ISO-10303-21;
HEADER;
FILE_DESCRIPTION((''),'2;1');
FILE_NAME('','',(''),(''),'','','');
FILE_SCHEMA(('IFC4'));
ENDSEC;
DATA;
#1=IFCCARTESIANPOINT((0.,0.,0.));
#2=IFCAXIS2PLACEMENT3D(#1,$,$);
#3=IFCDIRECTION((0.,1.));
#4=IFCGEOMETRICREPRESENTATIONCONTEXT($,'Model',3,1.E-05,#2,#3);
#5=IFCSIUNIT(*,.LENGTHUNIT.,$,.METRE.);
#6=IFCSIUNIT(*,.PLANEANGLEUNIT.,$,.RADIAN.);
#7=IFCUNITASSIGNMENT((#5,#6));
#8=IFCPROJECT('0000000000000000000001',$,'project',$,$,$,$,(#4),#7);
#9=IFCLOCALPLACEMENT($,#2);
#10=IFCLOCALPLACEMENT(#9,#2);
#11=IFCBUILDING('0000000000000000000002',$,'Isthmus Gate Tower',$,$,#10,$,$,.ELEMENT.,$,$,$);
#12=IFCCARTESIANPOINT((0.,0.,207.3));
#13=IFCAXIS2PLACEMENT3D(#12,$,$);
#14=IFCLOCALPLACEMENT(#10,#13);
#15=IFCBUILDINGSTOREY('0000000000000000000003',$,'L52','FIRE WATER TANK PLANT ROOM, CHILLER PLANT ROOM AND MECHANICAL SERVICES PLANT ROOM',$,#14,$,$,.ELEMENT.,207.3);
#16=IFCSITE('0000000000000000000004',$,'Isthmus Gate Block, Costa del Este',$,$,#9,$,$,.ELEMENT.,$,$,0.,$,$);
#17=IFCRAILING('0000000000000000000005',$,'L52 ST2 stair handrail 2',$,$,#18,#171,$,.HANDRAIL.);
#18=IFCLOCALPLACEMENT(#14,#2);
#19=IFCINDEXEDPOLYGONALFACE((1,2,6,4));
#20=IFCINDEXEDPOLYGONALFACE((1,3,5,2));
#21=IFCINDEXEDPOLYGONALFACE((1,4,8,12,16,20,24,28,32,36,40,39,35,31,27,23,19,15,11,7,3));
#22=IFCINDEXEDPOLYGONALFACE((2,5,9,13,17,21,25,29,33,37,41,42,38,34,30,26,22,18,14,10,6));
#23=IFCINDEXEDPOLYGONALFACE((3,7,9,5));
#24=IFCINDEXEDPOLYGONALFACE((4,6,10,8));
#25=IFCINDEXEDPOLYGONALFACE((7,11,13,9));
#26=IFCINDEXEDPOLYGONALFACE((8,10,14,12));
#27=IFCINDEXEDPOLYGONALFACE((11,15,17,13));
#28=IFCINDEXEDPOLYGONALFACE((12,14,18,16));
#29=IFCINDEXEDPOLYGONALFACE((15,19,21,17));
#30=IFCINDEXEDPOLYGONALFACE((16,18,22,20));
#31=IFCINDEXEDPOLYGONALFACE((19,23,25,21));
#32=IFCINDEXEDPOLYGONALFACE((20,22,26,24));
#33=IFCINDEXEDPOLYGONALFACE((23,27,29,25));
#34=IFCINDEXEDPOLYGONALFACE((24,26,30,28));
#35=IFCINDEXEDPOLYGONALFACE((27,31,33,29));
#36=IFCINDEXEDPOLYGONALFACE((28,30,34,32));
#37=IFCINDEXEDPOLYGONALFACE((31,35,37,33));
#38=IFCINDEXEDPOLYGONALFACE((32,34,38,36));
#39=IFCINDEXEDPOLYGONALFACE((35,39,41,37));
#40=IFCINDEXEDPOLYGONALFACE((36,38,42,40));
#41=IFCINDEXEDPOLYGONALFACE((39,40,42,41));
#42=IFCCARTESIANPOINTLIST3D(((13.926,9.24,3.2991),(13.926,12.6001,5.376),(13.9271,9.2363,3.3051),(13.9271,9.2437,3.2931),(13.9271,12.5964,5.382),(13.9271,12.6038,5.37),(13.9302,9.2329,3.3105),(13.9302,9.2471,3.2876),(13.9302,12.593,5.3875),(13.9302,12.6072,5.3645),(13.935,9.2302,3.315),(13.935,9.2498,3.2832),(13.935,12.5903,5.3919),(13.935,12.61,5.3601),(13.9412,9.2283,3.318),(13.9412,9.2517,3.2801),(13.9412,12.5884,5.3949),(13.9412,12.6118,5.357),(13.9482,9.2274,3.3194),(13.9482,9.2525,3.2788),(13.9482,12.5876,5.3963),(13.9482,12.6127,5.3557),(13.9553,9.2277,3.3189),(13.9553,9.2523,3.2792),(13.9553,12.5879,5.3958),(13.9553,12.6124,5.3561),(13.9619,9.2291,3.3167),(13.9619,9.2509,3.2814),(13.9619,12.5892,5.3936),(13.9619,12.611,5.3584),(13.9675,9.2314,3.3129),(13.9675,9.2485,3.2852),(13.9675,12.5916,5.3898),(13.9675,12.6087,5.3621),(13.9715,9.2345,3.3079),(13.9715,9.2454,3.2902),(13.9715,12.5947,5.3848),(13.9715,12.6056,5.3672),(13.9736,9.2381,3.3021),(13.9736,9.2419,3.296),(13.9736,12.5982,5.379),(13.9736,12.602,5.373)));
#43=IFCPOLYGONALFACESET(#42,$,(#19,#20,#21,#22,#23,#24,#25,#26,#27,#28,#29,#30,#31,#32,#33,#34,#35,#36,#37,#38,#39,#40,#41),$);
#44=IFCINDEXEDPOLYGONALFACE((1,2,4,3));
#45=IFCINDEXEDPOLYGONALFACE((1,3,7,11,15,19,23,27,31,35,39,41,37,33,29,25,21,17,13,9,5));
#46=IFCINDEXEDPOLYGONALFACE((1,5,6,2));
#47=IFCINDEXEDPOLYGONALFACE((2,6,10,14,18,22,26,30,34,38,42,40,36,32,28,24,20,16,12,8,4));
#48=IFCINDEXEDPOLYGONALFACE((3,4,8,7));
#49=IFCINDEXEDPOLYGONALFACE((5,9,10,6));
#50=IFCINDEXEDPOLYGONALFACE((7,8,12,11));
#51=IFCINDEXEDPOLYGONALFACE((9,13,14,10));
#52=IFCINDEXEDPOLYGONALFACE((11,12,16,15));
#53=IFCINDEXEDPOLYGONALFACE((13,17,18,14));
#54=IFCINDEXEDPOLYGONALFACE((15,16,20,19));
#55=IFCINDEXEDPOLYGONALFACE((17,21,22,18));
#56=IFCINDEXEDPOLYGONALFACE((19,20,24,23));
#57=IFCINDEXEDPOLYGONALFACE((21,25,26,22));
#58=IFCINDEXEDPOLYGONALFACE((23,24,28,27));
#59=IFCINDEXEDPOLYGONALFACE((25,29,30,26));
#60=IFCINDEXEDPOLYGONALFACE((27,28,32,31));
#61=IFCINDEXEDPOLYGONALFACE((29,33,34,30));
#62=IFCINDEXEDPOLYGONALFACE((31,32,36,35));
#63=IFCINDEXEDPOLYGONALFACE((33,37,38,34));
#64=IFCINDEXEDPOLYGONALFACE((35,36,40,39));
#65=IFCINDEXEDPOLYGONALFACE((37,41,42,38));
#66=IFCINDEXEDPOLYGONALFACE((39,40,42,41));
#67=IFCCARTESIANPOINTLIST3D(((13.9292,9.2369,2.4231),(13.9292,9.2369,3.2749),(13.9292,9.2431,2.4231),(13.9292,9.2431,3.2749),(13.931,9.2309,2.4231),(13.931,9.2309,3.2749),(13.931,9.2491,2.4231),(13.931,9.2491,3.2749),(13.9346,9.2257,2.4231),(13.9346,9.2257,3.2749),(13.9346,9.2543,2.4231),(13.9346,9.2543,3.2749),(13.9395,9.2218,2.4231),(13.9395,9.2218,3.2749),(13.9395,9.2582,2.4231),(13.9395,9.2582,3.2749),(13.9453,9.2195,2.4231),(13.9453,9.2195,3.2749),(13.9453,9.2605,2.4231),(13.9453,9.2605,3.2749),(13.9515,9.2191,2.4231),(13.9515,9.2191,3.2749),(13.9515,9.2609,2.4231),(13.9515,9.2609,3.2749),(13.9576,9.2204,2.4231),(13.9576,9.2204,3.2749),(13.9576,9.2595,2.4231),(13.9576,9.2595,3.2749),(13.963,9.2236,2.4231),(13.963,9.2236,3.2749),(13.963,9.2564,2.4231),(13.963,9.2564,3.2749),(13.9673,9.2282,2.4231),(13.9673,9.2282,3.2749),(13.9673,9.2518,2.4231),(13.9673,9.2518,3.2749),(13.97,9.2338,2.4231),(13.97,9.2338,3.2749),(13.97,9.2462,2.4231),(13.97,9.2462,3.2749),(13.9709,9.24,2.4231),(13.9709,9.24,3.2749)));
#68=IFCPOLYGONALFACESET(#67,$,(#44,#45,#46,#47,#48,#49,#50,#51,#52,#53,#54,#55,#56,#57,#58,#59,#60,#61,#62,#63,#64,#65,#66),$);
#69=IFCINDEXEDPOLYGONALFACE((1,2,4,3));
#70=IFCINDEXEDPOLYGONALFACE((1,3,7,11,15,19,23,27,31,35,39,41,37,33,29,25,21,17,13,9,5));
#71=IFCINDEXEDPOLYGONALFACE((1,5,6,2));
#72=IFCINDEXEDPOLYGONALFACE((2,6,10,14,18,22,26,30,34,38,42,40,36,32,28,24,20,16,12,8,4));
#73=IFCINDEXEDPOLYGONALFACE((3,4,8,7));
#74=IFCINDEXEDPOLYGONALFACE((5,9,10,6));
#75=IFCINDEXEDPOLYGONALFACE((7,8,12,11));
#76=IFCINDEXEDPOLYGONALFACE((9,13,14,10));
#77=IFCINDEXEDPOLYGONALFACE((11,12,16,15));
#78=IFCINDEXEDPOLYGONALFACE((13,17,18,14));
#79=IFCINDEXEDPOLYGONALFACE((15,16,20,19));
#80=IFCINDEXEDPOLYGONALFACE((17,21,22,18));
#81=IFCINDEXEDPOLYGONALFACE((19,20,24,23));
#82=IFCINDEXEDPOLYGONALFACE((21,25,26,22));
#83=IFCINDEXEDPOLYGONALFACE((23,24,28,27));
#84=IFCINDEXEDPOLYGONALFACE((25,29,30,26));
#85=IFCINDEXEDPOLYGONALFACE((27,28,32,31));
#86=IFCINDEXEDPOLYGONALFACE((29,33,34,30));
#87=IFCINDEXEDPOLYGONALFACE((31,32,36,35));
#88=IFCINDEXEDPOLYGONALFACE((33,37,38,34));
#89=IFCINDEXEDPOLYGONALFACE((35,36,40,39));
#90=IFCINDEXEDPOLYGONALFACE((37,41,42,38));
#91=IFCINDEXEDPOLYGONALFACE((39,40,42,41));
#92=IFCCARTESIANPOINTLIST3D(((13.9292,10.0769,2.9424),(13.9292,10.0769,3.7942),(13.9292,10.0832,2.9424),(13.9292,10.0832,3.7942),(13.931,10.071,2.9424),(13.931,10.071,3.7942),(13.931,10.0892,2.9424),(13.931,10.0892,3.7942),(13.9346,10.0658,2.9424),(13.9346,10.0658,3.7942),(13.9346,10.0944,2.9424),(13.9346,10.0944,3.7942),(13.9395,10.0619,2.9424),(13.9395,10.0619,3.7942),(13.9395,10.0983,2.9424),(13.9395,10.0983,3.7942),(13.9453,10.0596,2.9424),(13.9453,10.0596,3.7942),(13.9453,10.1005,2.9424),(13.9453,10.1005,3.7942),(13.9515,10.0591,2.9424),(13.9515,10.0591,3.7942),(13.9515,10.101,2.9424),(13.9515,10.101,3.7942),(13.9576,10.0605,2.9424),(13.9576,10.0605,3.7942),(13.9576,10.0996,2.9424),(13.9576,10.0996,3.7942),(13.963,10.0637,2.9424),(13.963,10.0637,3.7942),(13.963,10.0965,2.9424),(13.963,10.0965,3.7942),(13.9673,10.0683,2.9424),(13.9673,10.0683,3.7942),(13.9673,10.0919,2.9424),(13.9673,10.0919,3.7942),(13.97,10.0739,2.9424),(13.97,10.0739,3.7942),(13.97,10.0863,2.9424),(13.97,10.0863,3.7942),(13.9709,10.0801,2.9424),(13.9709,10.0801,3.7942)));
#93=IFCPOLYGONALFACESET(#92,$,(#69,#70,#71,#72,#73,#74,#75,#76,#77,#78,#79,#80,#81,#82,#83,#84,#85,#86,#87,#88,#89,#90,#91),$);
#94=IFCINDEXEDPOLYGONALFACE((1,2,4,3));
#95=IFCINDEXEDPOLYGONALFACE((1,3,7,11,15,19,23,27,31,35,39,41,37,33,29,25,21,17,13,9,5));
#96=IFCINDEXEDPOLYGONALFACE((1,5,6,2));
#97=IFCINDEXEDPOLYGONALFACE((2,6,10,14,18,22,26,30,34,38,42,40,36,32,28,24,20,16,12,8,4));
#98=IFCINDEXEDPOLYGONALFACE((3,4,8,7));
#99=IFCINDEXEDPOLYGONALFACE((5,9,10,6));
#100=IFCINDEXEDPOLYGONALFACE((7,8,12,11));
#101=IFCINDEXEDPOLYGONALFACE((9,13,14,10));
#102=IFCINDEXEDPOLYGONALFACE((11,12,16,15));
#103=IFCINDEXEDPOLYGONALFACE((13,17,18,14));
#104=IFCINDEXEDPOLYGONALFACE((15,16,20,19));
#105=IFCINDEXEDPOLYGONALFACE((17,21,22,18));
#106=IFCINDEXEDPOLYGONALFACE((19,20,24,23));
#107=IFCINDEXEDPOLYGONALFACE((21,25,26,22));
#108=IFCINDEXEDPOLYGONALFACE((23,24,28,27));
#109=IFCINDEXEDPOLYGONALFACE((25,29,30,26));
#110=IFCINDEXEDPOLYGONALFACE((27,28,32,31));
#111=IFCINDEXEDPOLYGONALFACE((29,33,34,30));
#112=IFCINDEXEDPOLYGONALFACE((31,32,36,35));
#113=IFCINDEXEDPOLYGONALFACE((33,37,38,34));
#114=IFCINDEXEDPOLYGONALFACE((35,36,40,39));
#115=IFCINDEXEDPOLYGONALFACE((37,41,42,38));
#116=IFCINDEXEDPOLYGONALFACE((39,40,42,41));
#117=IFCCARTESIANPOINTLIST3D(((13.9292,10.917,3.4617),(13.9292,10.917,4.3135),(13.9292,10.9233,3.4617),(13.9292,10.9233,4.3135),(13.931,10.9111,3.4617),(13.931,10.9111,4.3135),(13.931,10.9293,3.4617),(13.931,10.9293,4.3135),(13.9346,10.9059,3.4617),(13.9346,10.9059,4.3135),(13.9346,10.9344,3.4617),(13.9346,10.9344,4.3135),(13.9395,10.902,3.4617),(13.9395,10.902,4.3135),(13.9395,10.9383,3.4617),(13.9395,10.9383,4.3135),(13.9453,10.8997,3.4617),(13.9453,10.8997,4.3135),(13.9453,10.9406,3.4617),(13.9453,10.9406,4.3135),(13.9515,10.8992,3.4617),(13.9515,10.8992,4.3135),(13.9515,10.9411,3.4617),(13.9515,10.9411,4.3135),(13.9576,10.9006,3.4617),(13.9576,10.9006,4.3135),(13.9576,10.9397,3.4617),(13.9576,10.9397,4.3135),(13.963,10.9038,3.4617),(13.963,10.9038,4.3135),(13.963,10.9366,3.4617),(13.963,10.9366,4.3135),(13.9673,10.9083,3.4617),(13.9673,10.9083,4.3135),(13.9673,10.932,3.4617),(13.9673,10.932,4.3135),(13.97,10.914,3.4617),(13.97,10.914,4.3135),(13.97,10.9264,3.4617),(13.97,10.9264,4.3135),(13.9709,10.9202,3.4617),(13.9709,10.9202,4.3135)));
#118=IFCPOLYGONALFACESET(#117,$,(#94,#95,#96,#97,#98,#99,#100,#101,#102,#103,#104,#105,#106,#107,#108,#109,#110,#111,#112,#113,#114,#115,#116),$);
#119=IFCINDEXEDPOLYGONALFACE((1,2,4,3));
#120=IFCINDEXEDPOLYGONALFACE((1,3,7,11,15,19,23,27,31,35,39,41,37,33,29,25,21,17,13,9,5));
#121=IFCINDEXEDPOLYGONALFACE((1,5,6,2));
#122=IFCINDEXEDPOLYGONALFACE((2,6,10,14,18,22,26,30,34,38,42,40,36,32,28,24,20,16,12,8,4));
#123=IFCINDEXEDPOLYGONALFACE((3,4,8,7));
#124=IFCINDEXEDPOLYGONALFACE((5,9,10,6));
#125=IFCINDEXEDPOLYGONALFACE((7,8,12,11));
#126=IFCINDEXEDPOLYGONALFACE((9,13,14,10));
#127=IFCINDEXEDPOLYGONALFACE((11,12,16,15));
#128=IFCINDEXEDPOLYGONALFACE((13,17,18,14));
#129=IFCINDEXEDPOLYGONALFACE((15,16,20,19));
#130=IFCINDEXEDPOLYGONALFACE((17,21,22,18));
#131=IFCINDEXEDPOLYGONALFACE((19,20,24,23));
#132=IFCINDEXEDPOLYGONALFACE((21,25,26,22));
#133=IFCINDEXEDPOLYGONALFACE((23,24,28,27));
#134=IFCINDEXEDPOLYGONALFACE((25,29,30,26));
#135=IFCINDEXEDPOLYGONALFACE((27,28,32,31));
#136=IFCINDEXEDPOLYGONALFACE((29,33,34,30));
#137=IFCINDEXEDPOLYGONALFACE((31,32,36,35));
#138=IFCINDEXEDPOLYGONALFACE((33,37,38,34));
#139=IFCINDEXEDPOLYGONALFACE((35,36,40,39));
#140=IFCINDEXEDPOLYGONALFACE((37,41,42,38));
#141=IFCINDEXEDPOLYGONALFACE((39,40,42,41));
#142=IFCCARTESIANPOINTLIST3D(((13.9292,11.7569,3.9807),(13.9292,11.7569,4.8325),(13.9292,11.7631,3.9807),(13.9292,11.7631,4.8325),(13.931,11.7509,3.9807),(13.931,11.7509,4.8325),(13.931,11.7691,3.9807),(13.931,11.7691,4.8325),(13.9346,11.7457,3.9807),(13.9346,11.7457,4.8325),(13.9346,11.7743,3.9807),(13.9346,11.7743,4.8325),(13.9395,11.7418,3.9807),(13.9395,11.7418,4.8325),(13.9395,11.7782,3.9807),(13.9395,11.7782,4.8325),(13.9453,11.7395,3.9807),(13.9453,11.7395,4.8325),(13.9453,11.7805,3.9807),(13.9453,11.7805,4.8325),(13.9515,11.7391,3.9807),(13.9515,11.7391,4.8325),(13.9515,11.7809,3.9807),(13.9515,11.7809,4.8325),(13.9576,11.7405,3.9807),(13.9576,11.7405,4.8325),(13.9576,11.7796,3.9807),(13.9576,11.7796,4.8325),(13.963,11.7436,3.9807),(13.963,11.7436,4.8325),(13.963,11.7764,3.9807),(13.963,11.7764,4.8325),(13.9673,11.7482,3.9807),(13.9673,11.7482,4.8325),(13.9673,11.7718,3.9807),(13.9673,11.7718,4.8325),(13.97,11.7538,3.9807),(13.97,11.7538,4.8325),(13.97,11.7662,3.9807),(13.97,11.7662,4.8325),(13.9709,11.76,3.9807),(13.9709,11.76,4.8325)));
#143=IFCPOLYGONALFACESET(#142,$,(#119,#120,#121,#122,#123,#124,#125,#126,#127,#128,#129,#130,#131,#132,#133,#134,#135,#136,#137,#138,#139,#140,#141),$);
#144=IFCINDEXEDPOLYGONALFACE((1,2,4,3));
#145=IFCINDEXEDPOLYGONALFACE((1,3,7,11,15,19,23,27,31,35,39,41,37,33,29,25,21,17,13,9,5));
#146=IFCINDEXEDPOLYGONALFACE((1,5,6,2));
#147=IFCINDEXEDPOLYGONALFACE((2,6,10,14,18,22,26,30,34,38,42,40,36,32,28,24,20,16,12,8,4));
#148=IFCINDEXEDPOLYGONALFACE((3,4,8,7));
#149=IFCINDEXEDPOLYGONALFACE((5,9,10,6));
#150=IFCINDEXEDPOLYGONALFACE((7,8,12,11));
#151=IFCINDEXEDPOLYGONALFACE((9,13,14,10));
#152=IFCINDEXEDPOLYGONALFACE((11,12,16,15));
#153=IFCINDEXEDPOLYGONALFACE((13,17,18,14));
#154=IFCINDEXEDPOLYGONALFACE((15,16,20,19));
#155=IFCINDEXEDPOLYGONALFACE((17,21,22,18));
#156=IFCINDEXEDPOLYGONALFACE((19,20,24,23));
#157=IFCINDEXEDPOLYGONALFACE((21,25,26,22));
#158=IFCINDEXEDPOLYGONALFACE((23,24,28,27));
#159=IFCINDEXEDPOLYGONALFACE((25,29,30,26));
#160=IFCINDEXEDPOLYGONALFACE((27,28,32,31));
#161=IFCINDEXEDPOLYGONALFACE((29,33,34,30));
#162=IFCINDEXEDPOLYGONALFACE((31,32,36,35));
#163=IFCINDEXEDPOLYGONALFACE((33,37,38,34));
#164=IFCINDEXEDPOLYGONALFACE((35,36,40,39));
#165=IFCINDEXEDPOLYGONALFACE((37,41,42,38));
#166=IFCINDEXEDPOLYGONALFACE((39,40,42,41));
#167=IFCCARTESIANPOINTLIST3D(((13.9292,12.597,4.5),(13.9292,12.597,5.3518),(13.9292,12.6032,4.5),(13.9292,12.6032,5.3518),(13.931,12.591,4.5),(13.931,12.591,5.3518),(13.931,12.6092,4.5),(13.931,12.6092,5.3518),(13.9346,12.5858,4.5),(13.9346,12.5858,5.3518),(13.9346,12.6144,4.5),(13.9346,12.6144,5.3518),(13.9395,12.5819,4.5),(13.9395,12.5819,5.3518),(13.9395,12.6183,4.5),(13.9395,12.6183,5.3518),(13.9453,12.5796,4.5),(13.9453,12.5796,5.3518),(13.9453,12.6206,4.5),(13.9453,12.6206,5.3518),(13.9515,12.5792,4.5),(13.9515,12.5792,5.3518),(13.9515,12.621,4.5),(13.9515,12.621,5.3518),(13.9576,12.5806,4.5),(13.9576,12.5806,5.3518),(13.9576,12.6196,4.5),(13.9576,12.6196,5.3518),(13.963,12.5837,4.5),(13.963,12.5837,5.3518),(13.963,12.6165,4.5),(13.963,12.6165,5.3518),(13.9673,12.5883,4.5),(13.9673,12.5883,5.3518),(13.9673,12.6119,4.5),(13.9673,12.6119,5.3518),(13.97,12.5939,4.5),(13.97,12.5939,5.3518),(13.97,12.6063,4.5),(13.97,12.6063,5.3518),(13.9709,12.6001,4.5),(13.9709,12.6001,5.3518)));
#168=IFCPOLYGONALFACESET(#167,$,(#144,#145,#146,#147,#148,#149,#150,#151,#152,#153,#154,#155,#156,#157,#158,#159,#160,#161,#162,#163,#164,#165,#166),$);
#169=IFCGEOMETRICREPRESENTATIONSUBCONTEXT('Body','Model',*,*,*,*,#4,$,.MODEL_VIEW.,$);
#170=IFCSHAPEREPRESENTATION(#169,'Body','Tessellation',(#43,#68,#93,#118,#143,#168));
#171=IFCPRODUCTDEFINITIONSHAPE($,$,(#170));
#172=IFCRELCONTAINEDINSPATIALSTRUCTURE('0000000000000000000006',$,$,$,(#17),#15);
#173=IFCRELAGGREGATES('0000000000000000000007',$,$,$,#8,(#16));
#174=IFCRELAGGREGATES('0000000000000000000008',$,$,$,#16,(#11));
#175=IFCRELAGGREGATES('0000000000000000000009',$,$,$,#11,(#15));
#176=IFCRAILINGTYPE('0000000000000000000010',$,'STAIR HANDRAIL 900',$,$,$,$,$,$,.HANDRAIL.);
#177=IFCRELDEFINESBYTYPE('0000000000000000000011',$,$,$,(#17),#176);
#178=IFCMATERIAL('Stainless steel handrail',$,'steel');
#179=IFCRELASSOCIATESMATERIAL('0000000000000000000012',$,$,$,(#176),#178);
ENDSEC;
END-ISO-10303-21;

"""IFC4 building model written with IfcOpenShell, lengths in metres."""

from ifc_helpers import new_model, si_unit, direction, frame, origin, origin_2d, place, context, subcontext, project, spatial, circle, extrude, material, type_object, element, save


model = new_model("IFC4")

# Units and contexts
model_context = context("Model", 3, precision=1e-05, world=origin(), true_north=direction((0.0, 1.0)))
body_context = subcontext(model_context, "Body", "Model", "MODEL_VIEW")
ifc_project = project(units=[si_unit("LENGTHUNIT", "METRE"), si_unit("PLANEANGLEUNIT", "RADIAN")], contexts=[model_context])

# Site, building, storey
site_placement = place(None, origin())
site = spatial("IfcSite", under=ifc_project, at=site_placement, Name="Isthmus Gate Block, Costa del Este", CompositionType="ELEMENT", RefElevation=0.0)
building_placement = place(site_placement, origin())
building = spatial("IfcBuilding", under=site, at=building_placement, Name="Isthmus Gate Tower", CompositionType="ELEMENT")
storey_placement = place(building_placement, frame((0.0, 0.0, 207.3)))
storey = spatial("IfcBuildingStorey", under=building, at=storey_placement, Name="L52", Description="FIRE WATER TANK PLANT ROOM, CHILLER PLANT ROOM AND MECHANICAL SERVICES PLANT ROOM", CompositionType="ELEMENT", Elevation=207.3)

# Railing
ifc_material_1 = material(Name="Stainless steel handrail", Category="steel")
railing_type_1 = type_object("IfcRailingType", Name="STAIR HANDRAIL 900", PredefinedType="HANDRAIL", material=ifc_material_1)
for number, where, name in (
    (1, (13.95, 9.24, 2.4231), "L52 ST2 stair handrail 2"),
):
    element("IfcRailing", number, at=place(storey_placement, frame(where)), inside=storey, type_object=railing_type_1, Name=name, PredefinedType="HANDRAIL", context=body_context, shape_type="SweptSolid", body=[
        extrude(circle(Radius=0.0239, at=origin_2d()), frame((0.0, 0.0, 0.876), z_axis=(0.0, 0.850623, 0.525776), x_axis=(-1.0, 0.0, 0.0)), (0.0, 0.0, 1.0), 3.9502),
        extrude(circle(Radius=0.021, at=origin_2d()), origin(), (0.0, 0.0, 1.0), 0.8518),
        extrude(circle(Radius=0.021, at=origin_2d()), frame((0.0, 0.8401, 0.5193)), (0.0, 0.0, 1.0), 0.8518),
        extrude(circle(Radius=0.021, at=origin_2d()), frame((0.0, 1.6802, 1.0386)), (0.0, 0.0, 1.0), 0.8518),
        extrude(circle(Radius=0.021, at=origin_2d()), frame((0.0, 2.52, 1.5576)), (0.0, 0.0, 1.0), 0.8518),
        extrude(circle(Radius=0.021, at=origin_2d()), frame((0.0, 3.3601, 2.0769)), (0.0, 0.0, 1.0), 0.8518),
    ])

save(model, "model.ifc")
